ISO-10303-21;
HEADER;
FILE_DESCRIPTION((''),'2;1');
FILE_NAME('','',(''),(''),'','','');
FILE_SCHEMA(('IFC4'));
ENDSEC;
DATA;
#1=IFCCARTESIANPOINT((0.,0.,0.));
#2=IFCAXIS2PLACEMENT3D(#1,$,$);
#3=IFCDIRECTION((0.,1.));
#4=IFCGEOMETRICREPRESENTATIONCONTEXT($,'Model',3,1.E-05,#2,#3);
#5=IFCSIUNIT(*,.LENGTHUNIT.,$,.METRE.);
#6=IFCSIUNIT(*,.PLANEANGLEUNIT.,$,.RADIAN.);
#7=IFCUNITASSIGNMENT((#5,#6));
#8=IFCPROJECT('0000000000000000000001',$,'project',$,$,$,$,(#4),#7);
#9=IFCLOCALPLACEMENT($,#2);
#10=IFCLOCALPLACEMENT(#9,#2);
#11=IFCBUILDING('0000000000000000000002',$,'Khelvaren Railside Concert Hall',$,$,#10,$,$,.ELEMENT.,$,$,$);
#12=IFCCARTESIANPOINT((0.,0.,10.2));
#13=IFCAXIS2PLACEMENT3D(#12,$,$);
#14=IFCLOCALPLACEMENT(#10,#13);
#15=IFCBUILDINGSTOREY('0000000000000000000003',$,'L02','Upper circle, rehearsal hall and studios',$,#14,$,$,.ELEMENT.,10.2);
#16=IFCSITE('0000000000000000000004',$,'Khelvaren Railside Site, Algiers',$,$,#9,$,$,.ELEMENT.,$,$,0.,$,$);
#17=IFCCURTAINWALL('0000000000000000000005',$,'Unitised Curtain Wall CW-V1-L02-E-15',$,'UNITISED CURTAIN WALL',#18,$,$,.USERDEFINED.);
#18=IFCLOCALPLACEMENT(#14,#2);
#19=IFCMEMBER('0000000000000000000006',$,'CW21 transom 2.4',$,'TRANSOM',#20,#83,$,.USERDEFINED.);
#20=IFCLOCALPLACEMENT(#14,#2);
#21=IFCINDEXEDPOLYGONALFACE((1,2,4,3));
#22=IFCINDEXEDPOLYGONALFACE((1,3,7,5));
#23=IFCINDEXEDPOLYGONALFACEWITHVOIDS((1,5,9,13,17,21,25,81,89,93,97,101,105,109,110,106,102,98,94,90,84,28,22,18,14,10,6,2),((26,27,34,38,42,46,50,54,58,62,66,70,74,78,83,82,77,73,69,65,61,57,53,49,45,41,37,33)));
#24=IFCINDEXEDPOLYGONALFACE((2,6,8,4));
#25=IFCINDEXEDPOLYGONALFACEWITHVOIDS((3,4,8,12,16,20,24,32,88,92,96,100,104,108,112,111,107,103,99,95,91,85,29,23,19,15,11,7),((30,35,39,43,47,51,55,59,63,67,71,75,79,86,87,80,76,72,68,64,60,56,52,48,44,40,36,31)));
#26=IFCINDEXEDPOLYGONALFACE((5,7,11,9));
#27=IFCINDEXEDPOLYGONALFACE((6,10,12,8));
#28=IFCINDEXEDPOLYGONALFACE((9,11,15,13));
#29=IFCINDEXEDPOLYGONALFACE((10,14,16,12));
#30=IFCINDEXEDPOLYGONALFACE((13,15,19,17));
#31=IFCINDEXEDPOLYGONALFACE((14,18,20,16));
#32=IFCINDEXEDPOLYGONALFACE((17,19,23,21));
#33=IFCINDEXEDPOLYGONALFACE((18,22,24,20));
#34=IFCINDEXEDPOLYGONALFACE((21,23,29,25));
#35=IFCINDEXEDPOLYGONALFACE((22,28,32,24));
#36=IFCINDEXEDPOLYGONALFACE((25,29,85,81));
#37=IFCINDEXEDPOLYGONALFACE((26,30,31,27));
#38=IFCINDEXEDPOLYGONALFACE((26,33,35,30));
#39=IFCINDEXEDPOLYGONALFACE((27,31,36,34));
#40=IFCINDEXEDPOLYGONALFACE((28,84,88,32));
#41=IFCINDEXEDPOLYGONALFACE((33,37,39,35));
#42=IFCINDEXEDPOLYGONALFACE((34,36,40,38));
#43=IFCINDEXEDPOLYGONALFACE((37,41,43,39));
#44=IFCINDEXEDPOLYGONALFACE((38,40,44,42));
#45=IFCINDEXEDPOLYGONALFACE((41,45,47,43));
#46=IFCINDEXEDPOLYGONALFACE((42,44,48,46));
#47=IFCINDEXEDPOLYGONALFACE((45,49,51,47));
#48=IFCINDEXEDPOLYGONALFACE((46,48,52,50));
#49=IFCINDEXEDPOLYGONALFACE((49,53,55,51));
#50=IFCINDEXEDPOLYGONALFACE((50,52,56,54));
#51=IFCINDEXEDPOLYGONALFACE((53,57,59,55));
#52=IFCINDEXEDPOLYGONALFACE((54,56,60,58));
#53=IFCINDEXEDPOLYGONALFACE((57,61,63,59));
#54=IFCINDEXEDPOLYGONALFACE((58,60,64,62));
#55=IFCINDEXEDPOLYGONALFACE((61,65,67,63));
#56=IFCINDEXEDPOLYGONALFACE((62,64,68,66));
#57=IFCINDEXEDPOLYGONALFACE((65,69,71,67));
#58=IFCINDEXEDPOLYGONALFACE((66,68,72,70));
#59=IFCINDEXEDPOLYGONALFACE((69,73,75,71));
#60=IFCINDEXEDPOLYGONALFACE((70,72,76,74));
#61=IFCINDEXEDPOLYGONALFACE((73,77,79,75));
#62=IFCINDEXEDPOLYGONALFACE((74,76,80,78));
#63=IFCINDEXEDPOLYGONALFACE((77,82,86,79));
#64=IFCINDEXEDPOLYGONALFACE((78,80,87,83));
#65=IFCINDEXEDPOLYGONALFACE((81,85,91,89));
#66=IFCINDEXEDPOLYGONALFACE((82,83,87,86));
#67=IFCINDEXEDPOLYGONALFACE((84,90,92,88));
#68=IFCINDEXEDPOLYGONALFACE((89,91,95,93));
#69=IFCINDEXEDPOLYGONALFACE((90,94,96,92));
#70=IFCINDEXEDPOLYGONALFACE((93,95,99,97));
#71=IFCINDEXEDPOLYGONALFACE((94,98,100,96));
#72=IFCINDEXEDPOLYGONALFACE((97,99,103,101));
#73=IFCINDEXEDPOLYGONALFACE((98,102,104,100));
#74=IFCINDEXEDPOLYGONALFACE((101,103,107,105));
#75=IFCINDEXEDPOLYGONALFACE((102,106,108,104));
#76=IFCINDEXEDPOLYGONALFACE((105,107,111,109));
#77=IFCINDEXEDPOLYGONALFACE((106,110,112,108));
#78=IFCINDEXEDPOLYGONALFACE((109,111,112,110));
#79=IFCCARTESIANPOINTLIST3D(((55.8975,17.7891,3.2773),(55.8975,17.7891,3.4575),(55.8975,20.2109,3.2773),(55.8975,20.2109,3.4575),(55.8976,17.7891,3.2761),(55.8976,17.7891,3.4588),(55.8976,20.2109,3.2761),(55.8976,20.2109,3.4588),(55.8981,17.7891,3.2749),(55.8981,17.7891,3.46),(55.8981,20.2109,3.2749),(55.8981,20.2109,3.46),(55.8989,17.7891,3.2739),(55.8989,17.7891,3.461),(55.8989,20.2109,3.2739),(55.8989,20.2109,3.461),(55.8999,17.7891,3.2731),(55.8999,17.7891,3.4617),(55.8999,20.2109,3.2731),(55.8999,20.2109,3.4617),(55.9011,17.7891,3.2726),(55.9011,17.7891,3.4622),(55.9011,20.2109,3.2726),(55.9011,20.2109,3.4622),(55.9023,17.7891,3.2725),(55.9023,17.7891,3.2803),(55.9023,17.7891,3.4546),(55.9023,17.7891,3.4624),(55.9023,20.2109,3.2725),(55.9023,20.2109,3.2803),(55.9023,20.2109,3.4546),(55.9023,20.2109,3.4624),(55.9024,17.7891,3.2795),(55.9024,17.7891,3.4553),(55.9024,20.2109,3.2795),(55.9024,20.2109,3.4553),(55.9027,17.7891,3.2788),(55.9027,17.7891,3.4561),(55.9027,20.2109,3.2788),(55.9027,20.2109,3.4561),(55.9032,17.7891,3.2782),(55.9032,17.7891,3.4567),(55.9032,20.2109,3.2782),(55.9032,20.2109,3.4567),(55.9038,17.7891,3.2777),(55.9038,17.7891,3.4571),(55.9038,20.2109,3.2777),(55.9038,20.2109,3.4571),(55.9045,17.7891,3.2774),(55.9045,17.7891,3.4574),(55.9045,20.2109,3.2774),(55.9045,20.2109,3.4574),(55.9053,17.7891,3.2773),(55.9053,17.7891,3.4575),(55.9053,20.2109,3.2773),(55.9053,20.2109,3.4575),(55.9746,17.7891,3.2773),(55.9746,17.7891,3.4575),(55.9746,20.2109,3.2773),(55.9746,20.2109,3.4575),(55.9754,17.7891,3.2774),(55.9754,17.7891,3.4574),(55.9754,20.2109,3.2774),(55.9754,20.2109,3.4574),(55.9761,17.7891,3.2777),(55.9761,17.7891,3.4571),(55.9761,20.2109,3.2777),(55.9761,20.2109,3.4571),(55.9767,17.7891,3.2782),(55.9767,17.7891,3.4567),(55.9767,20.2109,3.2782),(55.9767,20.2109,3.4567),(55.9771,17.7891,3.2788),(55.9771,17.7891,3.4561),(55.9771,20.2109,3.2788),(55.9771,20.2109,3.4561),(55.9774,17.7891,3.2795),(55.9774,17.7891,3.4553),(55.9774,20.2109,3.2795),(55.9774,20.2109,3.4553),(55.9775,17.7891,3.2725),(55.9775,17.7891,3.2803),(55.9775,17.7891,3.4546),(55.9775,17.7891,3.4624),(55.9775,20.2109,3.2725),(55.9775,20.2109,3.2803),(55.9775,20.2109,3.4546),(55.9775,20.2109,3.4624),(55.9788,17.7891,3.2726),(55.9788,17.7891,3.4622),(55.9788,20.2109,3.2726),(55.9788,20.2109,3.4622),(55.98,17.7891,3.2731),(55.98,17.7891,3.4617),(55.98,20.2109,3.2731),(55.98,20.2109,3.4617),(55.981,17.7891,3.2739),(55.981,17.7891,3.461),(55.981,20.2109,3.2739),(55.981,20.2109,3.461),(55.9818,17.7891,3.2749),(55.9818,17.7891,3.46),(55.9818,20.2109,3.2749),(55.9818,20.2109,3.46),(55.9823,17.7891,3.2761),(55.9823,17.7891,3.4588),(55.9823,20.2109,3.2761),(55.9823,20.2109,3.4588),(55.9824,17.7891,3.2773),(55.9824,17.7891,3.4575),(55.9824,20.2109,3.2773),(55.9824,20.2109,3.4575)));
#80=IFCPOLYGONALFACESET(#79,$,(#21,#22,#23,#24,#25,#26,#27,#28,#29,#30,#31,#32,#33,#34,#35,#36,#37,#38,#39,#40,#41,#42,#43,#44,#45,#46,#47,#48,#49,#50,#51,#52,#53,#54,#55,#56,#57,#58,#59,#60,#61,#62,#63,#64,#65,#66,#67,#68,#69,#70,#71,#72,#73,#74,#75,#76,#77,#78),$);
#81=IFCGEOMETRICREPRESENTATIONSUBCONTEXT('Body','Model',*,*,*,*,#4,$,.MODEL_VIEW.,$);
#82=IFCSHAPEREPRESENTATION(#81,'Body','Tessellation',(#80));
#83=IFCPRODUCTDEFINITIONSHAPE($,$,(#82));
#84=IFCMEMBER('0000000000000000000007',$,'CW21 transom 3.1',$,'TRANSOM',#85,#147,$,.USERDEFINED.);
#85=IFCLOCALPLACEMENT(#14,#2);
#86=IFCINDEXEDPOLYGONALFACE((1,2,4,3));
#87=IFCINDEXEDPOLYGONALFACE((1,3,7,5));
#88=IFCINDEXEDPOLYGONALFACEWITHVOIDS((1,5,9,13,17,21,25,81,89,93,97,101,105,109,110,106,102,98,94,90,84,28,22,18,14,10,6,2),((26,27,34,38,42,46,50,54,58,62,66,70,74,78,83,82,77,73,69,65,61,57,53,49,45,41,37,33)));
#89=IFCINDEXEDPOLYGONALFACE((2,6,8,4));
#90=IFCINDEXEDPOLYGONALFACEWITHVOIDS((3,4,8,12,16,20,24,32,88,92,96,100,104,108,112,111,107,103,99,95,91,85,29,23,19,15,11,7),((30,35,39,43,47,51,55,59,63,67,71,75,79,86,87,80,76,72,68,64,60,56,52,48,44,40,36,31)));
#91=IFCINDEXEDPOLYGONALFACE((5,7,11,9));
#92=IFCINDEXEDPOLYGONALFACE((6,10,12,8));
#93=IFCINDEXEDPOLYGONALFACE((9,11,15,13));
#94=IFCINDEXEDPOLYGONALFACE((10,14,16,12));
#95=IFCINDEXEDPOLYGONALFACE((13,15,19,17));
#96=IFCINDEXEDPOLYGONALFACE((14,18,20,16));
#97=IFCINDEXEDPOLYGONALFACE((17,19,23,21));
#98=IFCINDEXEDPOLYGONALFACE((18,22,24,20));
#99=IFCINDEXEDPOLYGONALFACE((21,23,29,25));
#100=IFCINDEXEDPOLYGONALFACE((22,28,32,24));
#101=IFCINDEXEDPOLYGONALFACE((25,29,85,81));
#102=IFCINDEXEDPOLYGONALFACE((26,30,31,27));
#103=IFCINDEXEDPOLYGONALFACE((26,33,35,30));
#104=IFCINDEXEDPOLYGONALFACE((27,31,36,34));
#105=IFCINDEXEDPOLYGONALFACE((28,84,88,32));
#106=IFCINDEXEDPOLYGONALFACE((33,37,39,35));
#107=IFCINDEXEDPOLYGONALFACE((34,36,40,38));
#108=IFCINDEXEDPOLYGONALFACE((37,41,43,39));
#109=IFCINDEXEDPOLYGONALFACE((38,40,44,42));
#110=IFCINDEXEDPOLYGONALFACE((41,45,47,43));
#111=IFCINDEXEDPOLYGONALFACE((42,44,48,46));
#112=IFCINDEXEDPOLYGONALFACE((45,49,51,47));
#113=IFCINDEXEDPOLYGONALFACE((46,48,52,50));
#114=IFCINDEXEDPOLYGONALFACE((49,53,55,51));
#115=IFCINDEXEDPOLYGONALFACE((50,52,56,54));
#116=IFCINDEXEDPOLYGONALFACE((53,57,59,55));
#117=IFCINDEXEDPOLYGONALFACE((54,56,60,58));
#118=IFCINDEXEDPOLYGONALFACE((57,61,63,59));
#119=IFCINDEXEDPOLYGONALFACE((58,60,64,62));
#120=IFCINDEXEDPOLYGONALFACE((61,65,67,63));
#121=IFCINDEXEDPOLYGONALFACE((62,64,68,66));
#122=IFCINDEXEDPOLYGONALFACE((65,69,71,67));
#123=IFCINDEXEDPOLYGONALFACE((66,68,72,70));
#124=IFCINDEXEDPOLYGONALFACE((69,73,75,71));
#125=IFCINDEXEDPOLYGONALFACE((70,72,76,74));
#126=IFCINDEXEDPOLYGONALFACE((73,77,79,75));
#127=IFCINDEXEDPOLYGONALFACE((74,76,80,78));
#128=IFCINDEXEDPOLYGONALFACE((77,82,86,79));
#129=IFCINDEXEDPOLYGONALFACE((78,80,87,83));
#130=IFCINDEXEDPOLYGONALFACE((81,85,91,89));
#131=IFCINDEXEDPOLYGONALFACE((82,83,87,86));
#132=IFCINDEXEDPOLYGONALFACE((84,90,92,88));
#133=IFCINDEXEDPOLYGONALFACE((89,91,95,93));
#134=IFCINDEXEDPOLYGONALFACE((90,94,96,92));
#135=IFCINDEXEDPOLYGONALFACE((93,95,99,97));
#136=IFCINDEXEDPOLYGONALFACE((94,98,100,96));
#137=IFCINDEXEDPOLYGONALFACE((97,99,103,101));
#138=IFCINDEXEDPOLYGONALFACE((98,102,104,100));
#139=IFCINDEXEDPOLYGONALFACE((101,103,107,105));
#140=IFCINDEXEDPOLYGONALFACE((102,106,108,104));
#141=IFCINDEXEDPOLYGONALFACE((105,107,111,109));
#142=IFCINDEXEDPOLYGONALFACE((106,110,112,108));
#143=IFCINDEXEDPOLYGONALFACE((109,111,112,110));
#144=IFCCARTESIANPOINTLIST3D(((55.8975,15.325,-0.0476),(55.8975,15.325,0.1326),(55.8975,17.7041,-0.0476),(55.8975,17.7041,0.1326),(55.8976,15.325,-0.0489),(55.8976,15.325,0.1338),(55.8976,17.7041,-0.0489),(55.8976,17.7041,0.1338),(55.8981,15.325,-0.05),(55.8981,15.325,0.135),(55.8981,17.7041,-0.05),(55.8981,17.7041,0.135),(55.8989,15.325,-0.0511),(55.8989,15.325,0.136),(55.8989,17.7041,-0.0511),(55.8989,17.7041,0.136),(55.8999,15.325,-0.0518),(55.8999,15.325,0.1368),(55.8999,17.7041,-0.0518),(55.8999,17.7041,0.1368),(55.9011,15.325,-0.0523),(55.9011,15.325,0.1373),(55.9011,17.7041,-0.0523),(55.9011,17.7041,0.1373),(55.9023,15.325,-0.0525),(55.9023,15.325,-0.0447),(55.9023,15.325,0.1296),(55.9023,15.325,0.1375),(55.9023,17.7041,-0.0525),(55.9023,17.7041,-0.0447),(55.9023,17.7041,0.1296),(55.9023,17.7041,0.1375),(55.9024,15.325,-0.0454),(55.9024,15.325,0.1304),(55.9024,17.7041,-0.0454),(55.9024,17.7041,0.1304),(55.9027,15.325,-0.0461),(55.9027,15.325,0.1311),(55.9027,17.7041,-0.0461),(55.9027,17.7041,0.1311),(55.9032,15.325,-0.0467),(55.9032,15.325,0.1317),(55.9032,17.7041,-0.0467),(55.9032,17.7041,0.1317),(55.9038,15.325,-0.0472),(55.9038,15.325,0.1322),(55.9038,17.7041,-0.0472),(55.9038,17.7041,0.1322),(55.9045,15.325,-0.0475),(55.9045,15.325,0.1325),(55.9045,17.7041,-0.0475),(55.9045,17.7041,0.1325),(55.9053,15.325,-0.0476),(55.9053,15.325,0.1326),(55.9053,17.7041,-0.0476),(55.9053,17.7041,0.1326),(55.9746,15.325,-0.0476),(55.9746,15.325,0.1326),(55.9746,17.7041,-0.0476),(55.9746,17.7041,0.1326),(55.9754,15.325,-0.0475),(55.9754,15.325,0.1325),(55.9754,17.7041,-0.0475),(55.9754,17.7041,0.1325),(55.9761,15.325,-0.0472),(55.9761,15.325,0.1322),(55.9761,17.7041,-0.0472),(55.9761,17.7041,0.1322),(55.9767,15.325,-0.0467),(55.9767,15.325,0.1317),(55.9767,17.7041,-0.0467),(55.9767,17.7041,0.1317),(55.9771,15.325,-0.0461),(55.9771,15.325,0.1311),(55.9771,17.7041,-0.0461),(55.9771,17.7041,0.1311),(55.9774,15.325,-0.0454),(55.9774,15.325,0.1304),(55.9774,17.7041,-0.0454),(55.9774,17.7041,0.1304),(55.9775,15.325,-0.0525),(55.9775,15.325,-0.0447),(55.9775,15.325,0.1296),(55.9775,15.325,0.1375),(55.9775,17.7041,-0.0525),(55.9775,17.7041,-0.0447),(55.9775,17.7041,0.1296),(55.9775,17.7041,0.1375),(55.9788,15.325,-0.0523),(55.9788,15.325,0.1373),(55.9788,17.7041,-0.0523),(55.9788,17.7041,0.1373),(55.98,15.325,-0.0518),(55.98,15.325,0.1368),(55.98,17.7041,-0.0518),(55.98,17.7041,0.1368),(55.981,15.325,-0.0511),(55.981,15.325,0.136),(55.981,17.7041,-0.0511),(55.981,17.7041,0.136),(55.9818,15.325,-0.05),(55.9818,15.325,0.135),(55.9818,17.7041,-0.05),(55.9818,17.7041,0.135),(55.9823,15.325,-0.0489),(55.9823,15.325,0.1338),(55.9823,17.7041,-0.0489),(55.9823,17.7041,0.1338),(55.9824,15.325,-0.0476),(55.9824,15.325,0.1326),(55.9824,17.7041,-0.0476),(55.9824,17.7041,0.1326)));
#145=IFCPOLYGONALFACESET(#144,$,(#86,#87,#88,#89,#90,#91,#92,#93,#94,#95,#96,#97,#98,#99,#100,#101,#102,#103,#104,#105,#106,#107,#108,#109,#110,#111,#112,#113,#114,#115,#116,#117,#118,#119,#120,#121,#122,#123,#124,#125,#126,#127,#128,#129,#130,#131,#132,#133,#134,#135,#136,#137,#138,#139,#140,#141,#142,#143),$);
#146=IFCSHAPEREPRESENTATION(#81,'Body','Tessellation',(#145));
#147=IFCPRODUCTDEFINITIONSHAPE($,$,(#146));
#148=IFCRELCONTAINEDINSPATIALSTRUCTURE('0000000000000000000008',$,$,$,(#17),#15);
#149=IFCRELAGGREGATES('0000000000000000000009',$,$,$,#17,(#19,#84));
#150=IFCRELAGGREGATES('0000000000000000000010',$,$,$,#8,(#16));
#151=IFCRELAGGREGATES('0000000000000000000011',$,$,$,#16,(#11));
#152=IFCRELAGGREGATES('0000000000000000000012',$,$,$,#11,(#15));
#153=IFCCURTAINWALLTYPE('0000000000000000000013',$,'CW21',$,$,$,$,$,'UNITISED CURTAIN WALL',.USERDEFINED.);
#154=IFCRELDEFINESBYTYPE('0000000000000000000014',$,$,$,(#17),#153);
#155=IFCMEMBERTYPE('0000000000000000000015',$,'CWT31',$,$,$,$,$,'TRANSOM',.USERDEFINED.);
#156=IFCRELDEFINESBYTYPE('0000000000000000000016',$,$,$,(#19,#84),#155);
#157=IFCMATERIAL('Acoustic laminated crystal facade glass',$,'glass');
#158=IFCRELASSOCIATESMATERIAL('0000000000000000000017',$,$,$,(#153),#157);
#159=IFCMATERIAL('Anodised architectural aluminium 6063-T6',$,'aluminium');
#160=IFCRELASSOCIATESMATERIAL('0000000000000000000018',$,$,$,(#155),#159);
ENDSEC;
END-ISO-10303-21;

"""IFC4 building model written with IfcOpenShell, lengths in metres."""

from ifc_helpers import new_model, si_unit, direction, frame, origin, origin_2d, place, context, subcontext, project, spatial, hollow_rectangle, extrude, material, material_profile, profile_set, type_object, element, aggregate, save


model = new_model("IFC4")

# Units and contexts
model_context = context("Model", 3, precision=1e-05, world=origin(), true_north=direction((0.0, 1.0)))
body_context = subcontext(model_context, "Body", "Model", "MODEL_VIEW")
ifc_project = project(units=[si_unit("LENGTHUNIT", "METRE"), si_unit("PLANEANGLEUNIT", "RADIAN")], contexts=[model_context])

# Site, building, storey
site_placement = place(None, origin())
site = spatial("IfcSite", under=ifc_project, at=site_placement, Name="Khelvaren Railside Site, Algiers", CompositionType="ELEMENT", RefElevation=0.0)
building_placement = place(site_placement, origin())
building = spatial("IfcBuilding", under=site, at=building_placement, Name="Khelvaren Railside Concert Hall", CompositionType="ELEMENT")
storey_placement = place(building_placement, frame((0.0, 0.0, 10.2)))
storey = spatial("IfcBuildingStorey", under=building, at=storey_placement, Name="L02", Description="Upper circle, rehearsal hall and studios", CompositionType="ELEMENT", Elevation=10.2)

# Curtain wall, members
ifc_material_1 = material(Name="Acoustic laminated crystal facade glass", Category="glass")
curtain_wall_type = type_object("IfcCurtainWallType", Name="CW21", ElementType="UNITISED CURTAIN WALL", PredefinedType="USERDEFINED", material=ifc_material_1)
curtain_wall_placement = place(storey_placement, origin())
curtain_wall = element("IfcCurtainWall", 1, at=curtain_wall_placement, inside=storey, type_object=curtain_wall_type, Name="Unitised Curtain Wall CW-V1-L02-E-15", ObjectType="UNITISED CURTAIN WALL", PredefinedType="USERDEFINED")
ifc_material_2 = material(Name="Anodised architectural aluminium 6063-T6", Category="aluminium")
ifc_material_profile_1 = material_profile(ifc_material_2, hollow_rectangle(XDim=0.085, YDim=0.1899, WallThickness=0.0049, InnerFilletRadius=0.0029, OuterFilletRadius=0.0049, at=origin_2d()), Name="CWT 85x190x5")
ifc_profile_set_1 = profile_set([ifc_material_profile_1], Name="Anodised architectural aluminium 6063-T6")
member_type_1 = type_object("IfcMemberType", Name="CWT31", ElementType="TRANSOM", PredefinedType="USERDEFINED", material=ifc_profile_set_1)
member_1_placement = place(storey_placement, frame((55.9399, 20.2109, 3.3674), z_axis=(0.0, -1.0, 0.0), x_axis=(1.0, 0.0, 0.0)))
member_1 = element("IfcMember", 2, at=member_1_placement, type_object=member_type_1, Name="CW21 transom 2.4", ObjectType="TRANSOM", PredefinedType="USERDEFINED", context=body_context, shape_type="SweptSolid", body=[
    extrude(hollow_rectangle(XDim=0.085, YDim=0.1899, WallThickness=0.0049, InnerFilletRadius=0.0029, OuterFilletRadius=0.0049, at=origin_2d()), origin(), (0.0, 0.0, 1.0), 2.4219),
])
member_2_placement = place(storey_placement, frame((55.9399, 17.7041, 0.0425), z_axis=(0.0, -1.0, 0.0), x_axis=(1.0, 0.0, 0.0)))
member_2 = element("IfcMember", 3, at=member_2_placement, type_object=member_type_1, Name="CW21 transom 3.1", ObjectType="TRANSOM", PredefinedType="USERDEFINED", context=body_context, shape_type="SweptSolid", body=[
    extrude(hollow_rectangle(XDim=0.085, YDim=0.1899, WallThickness=0.0049, InnerFilletRadius=0.0029, OuterFilletRadius=0.0049, at=origin_2d()), origin(), (0.0, 0.0, 1.0), 2.3792),
])

aggregate(curtain_wall, [member_1, member_2])

save(model, "model.ifc")
